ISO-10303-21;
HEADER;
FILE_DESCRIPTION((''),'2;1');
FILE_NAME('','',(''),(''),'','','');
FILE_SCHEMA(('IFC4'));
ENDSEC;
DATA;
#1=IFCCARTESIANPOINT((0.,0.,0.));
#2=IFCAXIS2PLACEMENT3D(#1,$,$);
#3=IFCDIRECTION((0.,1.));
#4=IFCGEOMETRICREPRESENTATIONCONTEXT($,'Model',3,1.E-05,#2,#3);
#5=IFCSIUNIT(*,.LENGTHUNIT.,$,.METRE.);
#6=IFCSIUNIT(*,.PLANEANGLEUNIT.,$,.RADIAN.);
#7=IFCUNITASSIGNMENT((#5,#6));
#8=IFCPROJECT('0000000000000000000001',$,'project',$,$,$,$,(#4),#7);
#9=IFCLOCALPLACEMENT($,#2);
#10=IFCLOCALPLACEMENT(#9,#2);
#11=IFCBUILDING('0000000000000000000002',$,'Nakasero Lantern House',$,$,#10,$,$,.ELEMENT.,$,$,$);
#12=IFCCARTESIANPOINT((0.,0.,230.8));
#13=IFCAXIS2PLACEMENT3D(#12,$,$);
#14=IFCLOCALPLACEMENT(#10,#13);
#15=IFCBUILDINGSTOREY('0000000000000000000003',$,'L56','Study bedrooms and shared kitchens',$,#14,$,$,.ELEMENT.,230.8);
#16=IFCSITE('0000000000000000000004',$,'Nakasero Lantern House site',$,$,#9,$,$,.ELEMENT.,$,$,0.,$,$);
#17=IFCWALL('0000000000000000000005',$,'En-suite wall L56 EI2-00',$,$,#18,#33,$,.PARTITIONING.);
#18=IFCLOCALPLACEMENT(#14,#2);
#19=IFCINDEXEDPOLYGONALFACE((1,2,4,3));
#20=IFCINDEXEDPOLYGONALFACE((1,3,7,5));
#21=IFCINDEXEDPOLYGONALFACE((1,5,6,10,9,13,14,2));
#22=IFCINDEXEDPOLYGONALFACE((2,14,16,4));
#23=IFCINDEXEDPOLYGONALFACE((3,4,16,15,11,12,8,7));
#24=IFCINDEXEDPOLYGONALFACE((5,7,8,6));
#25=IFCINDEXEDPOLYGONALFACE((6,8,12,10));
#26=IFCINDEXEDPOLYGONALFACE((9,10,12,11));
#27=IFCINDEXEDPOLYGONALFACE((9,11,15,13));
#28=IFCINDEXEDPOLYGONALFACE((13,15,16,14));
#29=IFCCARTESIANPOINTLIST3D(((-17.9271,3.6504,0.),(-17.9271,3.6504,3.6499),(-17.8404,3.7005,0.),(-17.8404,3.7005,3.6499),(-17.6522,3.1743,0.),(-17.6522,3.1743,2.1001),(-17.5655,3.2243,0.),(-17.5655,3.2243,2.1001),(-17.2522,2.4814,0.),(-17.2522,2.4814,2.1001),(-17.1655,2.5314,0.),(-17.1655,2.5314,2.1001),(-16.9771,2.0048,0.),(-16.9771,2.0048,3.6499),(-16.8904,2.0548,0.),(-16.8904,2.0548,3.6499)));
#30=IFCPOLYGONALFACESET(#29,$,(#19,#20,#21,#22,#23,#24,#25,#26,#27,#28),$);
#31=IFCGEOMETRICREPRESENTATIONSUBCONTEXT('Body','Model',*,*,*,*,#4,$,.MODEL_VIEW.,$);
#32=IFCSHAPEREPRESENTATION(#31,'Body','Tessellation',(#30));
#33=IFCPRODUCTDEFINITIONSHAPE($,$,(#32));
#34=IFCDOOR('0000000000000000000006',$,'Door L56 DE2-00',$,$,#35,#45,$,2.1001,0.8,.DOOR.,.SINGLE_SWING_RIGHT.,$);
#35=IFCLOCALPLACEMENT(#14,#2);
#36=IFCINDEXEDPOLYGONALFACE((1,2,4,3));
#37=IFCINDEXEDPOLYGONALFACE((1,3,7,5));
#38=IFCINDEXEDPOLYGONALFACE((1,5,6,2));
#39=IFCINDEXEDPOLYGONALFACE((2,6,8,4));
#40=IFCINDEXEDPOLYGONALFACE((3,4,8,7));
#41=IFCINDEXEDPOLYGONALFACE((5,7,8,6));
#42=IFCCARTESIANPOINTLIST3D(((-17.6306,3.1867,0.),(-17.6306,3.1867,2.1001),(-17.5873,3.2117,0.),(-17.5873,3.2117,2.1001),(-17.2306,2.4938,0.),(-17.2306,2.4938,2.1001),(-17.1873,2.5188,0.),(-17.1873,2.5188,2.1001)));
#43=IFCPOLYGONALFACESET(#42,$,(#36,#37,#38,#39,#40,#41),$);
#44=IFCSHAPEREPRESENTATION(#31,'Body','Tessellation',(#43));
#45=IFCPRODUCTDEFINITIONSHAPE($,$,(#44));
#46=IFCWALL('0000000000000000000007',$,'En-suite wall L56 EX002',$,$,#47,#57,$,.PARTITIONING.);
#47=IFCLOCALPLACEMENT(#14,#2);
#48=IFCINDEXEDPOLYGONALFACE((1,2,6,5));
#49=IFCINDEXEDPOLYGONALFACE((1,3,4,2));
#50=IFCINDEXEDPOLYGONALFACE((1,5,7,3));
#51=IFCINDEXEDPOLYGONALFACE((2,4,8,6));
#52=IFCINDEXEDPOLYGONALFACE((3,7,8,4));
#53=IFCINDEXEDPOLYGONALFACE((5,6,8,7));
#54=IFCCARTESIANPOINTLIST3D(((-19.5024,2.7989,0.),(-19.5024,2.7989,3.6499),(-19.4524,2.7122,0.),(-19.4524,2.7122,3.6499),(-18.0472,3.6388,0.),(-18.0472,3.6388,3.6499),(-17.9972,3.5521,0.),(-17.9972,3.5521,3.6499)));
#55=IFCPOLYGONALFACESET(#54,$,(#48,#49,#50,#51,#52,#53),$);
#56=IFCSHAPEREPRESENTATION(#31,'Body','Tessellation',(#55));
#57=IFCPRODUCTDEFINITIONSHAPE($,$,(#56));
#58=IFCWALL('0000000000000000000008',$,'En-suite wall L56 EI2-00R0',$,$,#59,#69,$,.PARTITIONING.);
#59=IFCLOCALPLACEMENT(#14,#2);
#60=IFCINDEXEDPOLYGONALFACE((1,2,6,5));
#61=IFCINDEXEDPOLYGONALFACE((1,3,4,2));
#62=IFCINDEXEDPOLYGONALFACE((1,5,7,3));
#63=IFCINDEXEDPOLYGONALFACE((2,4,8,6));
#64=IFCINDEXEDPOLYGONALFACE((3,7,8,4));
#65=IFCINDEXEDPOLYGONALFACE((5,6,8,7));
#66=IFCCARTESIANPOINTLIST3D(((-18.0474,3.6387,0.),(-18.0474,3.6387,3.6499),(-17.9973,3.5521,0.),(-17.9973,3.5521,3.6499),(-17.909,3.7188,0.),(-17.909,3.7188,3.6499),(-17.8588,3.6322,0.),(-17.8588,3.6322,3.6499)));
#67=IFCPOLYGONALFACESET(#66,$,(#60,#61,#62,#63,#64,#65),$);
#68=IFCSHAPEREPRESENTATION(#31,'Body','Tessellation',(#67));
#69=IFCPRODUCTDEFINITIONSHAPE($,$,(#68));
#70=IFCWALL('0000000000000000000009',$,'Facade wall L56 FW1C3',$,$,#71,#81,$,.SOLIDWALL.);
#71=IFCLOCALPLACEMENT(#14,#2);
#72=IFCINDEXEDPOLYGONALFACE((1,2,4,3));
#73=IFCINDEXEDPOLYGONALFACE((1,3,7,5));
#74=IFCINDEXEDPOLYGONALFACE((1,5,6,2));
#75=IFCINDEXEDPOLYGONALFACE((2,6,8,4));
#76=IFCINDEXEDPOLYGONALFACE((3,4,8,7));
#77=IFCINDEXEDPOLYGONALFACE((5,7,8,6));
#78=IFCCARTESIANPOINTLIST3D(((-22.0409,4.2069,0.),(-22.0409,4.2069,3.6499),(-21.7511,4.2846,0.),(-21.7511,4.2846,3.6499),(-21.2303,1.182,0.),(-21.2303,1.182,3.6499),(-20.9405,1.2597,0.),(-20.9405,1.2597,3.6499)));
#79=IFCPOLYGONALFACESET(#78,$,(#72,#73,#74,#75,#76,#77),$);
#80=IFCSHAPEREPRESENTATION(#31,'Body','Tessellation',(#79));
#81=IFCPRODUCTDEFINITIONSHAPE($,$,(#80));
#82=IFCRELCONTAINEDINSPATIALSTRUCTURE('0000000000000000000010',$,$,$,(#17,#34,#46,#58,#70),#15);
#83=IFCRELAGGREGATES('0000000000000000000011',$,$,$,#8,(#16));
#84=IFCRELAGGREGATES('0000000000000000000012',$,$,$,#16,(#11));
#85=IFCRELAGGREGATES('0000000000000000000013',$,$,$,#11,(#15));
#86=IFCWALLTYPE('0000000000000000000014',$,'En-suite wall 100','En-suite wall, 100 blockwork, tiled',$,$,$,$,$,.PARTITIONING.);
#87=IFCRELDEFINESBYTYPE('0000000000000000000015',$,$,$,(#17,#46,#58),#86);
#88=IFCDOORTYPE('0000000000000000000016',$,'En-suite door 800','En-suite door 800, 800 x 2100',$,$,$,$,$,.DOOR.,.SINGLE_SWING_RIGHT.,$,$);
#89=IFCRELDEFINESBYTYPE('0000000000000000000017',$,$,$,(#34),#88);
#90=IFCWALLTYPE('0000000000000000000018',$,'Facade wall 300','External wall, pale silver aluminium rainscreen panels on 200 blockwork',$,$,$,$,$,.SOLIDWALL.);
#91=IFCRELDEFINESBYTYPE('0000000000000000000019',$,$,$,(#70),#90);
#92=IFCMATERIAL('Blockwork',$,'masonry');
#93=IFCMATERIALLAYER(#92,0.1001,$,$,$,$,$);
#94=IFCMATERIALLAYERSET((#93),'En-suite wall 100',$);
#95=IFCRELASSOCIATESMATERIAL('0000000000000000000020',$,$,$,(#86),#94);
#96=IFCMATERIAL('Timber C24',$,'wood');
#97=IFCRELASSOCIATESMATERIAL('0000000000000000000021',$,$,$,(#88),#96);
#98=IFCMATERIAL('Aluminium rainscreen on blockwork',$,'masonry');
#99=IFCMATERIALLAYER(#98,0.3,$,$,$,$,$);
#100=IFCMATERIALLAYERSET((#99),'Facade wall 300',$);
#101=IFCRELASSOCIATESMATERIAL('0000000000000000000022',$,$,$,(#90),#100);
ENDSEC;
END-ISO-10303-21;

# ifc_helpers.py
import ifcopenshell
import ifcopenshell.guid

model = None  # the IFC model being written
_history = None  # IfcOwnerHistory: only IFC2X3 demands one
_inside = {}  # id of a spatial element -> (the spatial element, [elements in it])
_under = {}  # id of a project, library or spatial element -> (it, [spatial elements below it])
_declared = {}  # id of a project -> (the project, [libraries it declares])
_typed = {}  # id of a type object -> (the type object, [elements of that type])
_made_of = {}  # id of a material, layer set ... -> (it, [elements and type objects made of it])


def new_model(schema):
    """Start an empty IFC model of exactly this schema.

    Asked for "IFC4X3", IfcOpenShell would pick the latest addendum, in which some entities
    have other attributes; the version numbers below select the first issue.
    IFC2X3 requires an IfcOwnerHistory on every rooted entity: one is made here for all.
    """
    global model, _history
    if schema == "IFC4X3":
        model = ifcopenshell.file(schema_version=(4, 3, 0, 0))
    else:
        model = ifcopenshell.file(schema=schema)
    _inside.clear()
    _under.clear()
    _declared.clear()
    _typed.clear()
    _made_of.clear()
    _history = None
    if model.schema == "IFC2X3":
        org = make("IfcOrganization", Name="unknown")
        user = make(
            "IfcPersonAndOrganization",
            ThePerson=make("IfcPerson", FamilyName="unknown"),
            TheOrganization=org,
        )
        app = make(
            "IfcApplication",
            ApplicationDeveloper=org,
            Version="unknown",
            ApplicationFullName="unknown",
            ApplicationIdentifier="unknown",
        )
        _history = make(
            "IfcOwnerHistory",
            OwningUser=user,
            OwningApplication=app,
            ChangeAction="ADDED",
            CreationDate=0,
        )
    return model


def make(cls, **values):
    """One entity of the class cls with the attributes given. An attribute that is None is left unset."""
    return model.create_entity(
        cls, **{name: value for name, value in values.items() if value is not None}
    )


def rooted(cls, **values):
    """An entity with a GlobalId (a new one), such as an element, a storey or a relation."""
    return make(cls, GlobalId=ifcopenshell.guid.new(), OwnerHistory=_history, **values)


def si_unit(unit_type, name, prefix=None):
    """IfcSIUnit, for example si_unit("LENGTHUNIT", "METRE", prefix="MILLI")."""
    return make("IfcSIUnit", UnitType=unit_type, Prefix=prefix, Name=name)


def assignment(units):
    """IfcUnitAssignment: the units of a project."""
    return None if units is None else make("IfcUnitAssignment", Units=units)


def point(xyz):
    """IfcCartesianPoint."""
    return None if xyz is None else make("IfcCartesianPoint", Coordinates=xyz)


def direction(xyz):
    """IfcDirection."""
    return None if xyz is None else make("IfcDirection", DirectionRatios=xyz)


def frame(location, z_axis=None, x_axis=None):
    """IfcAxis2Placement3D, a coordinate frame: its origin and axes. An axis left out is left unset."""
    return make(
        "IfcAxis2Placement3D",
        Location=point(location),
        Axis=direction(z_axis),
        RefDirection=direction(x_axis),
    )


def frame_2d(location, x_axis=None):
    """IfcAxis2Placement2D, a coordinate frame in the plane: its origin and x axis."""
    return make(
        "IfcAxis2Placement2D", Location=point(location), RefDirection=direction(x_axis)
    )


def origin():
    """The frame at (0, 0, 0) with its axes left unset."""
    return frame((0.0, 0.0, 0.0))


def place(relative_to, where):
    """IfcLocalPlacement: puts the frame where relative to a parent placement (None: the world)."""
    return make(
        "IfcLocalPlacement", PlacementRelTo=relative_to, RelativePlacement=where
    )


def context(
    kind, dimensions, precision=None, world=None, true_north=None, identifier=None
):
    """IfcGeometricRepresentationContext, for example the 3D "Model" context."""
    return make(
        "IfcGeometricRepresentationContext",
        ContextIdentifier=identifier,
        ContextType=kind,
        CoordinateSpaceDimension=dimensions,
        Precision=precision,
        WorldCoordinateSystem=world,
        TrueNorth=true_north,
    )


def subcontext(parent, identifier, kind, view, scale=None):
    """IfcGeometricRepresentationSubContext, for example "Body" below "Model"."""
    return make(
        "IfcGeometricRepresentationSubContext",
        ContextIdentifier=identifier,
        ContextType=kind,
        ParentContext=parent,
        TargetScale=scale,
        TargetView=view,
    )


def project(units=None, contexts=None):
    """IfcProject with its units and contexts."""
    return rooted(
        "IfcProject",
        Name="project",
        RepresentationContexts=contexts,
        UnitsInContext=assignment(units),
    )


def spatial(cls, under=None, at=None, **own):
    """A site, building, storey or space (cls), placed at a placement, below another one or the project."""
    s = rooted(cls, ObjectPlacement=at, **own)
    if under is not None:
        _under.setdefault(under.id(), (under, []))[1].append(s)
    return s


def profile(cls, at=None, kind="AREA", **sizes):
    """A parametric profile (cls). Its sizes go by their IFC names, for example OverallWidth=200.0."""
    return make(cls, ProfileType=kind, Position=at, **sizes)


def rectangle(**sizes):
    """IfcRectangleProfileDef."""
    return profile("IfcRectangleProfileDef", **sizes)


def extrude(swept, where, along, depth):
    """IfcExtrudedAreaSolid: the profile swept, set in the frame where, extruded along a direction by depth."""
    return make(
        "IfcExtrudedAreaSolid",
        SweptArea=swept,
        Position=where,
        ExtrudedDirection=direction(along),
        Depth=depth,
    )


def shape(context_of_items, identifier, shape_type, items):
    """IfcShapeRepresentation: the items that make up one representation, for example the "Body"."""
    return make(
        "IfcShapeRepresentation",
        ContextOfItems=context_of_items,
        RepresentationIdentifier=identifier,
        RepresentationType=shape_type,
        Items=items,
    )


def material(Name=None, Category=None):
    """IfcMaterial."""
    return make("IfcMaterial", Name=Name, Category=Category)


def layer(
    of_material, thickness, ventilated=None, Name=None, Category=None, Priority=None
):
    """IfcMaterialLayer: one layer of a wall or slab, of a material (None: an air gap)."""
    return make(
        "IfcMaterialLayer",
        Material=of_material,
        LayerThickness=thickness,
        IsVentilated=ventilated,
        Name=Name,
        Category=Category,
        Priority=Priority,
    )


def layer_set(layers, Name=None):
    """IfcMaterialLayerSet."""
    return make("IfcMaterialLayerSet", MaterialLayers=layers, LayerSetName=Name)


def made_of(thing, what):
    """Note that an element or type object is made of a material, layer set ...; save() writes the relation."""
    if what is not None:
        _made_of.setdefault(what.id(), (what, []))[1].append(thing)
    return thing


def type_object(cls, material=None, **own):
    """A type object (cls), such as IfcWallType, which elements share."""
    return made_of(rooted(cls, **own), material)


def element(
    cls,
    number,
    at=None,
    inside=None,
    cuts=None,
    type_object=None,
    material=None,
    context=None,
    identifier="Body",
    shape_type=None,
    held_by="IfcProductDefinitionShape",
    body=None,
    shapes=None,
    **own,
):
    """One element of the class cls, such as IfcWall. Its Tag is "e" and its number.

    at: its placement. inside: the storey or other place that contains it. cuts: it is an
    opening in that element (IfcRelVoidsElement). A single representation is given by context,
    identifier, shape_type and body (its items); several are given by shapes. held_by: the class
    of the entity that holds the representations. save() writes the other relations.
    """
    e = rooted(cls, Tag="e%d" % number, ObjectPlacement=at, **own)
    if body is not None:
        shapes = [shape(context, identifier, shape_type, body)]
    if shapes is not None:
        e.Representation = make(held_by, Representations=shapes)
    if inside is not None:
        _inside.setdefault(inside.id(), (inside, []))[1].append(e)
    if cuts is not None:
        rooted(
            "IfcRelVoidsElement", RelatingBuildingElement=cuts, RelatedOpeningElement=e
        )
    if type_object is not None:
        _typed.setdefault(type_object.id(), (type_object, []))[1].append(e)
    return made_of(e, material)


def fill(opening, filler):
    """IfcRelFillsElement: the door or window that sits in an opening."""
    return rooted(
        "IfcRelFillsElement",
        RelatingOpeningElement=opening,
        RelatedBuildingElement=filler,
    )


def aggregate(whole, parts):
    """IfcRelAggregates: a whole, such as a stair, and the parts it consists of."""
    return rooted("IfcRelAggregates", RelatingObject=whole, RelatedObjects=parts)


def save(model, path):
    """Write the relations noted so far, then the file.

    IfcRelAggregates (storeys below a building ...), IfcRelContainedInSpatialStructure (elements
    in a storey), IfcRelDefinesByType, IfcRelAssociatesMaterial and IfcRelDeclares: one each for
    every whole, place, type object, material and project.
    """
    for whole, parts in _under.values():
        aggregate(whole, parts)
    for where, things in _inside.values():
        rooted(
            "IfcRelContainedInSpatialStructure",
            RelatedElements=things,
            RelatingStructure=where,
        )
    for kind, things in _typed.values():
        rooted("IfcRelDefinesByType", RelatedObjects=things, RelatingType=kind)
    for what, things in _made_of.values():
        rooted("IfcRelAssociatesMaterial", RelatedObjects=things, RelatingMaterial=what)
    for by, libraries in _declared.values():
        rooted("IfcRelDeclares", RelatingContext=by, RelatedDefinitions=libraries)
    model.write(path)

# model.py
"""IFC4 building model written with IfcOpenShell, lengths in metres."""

from ifc_helpers import new_model, si_unit, direction, frame, frame_2d, origin, place, context, subcontext, project, spatial, rectangle, extrude, material, layer, layer_set, type_object, element, fill, save


model = new_model("IFC4")

# Units and contexts
model_context = context("Model", 3, precision=1e-05, world=origin(), true_north=direction((0.0, 1.0)))
body_context = subcontext(model_context, "Body", "Model", "MODEL_VIEW")
ifc_project = project(units=[si_unit("LENGTHUNIT", "METRE"), si_unit("PLANEANGLEUNIT", "RADIAN")], contexts=[model_context])

# Site, building, storey
site_placement = place(None, origin())
site = spatial("IfcSite", under=ifc_project, at=site_placement, Name="Nakasero Lantern House site", CompositionType="ELEMENT", RefElevation=0.0)
building_placement = place(site_placement, origin())
building = spatial("IfcBuilding", under=site, at=building_placement, Name="Nakasero Lantern House", CompositionType="ELEMENT")
storey_placement = place(building_placement, frame((0.0, 0.0, 230.8)))
storey = spatial("IfcBuildingStorey", under=building, at=storey_placement, Name="L56", Description="Study bedrooms and shared kitchens", CompositionType="ELEMENT", Elevation=230.8)

# Shared definitions
ifc_material_1 = material(Name="Blockwork", Category="masonry")
ifc_layer_1 = layer(ifc_material_1, 0.1001)
ifc_layer_set_1 = layer_set([ifc_layer_1], Name="En-suite wall 100")
wall_type_1 = type_object("IfcWallType", Name="En-suite wall 100", Description="En-suite wall, 100 blockwork, tiled", PredefinedType="PARTITIONING", material=ifc_layer_set_1)

# Wall, opening, door
wall_1_placement = place(storey_placement, frame((-17.8838, 3.6755, 0.0), z_axis=(0.0, 0.0, 1.0), x_axis=(0.499967, -0.866044, 0.0)))
wall_1 = element("IfcWall", 1, at=wall_1_placement, inside=storey, type_object=wall_type_1, Name="En-suite wall L56 EI2-00", PredefinedType="PARTITIONING", context=body_context, shape_type="SweptSolid", body=[
    extrude(rectangle(XDim=1.9001, YDim=0.1001, at=frame_2d((0.9502, 0.0))), origin(), (0.0, 0.0, 1.0), 3.6499),
])
opening_1_placement = place(wall_1_placement, frame((0.55, 0.0, 0.0)))
opening_1 = element("IfcOpeningElement", 2, at=opening_1_placement, cuts=wall_1, PredefinedType="OPENING", context=body_context, shape_type="SweptSolid", body=[
    extrude(rectangle(XDim=0.8, YDim=2.1001, at=frame_2d((0.3999, 1.05))), frame((0.0, 0.0701, 0.0), z_axis=(0.0, -1.0, 0.0), x_axis=(1.0, 0.0, 0.0)), (0.0, 0.0, 1.0), 0.1401),
])
ifc_material_2 = material(Name="Timber C24", Category="wood")
door_type_1 = type_object("IfcDoorType", Name="En-suite door 800", Description="En-suite door 800, 800 x 2100", OperationType="SINGLE_SWING_RIGHT", PredefinedType="DOOR", material=ifc_material_2)
door_1_placement = place(opening_1_placement, origin())
door_1 = element("IfcDoor", 3, at=door_1_placement, inside=storey, type_object=door_type_1, Name="Door L56 DE2-00", OperationType="SINGLE_SWING_RIGHT", OverallHeight=2.1001, OverallWidth=0.8, PredefinedType="DOOR", context=body_context, shape_type="SweptSolid", body=[
    extrude(rectangle(XDim=0.8, YDim=2.1001, at=frame_2d((0.3999, 1.05))), frame((0.0, 0.0249, 0.0), z_axis=(0.0, -1.0, 0.0), x_axis=(1.0, 0.0, 0.0)), (0.0, 0.0, 1.0), 0.05),
])
fill(opening_1, door_1)

# Walls
wall_2_placement = place(storey_placement, frame((-18.0222, 3.5955, 0.0), z_axis=(0.0, 0.0, 1.0), x_axis=(-0.866089, -0.49989, 0.0)))
element("IfcWall", 4, at=wall_2_placement, inside=storey, type_object=wall_type_1, Name="En-suite wall L56 EX002", PredefinedType="PARTITIONING", context=body_context, shape_type="SweptSolid", body=[
    extrude(rectangle(XDim=1.6802, YDim=0.1001, at=frame_2d((0.8401, 0.0))), origin(), (0.0, 0.0, 1.0), 3.6499),
])
wall_3_placement = place(storey_placement, frame((-17.8838, 3.6755, 0.0), z_axis=(0.0, 0.0, 1.0), x_axis=(-0.8656, -0.500735, 0.0)))
element("IfcWall", 5, at=wall_3_placement, inside=storey, type_object=wall_type_1, Name="En-suite wall L56 EI2-00R0", PredefinedType="PARTITIONING", context=body_context, shape_type="SweptSolid", body=[
    extrude(rectangle(XDim=0.1599, YDim=0.1001, at=frame_2d((0.0801, 0.0))), origin(), (0.0, 0.0, 1.0), 3.6499),
])
ifc_material_3 = material(Name="Aluminium rainscreen on blockwork", Category="masonry")
ifc_layer_2 = layer(ifc_material_3, 0.3)
ifc_layer_set_2 = layer_set([ifc_layer_2], Name="Facade wall 300")
wall_type_2 = type_object("IfcWallType", Name="Facade wall 300", Description="External wall, pale silver aluminium rainscreen panels on 200 blockwork", PredefinedType="SOLIDWALL", material=ifc_layer_set_2)
wall_4_placement = place(storey_placement, frame((-21.896, 4.2458, 0.0), z_axis=(0.0, 0.0, 1.0), x_axis=(0.258827, -0.965924, 0.0)))
element("IfcWall", 6, at=wall_4_placement, inside=storey, type_object=wall_type_2, Name="Facade wall L56 FW1C3", PredefinedType="SOLIDWALL", context=body_context, shape_type="SweptSolid", body=[
    extrude(rectangle(XDim=3.1316, YDim=0.3, at=frame_2d((1.5659, 0.0))), origin(), (0.0, 0.0, 1.0), 3.6499),
])

save(model, "model.ifc")
